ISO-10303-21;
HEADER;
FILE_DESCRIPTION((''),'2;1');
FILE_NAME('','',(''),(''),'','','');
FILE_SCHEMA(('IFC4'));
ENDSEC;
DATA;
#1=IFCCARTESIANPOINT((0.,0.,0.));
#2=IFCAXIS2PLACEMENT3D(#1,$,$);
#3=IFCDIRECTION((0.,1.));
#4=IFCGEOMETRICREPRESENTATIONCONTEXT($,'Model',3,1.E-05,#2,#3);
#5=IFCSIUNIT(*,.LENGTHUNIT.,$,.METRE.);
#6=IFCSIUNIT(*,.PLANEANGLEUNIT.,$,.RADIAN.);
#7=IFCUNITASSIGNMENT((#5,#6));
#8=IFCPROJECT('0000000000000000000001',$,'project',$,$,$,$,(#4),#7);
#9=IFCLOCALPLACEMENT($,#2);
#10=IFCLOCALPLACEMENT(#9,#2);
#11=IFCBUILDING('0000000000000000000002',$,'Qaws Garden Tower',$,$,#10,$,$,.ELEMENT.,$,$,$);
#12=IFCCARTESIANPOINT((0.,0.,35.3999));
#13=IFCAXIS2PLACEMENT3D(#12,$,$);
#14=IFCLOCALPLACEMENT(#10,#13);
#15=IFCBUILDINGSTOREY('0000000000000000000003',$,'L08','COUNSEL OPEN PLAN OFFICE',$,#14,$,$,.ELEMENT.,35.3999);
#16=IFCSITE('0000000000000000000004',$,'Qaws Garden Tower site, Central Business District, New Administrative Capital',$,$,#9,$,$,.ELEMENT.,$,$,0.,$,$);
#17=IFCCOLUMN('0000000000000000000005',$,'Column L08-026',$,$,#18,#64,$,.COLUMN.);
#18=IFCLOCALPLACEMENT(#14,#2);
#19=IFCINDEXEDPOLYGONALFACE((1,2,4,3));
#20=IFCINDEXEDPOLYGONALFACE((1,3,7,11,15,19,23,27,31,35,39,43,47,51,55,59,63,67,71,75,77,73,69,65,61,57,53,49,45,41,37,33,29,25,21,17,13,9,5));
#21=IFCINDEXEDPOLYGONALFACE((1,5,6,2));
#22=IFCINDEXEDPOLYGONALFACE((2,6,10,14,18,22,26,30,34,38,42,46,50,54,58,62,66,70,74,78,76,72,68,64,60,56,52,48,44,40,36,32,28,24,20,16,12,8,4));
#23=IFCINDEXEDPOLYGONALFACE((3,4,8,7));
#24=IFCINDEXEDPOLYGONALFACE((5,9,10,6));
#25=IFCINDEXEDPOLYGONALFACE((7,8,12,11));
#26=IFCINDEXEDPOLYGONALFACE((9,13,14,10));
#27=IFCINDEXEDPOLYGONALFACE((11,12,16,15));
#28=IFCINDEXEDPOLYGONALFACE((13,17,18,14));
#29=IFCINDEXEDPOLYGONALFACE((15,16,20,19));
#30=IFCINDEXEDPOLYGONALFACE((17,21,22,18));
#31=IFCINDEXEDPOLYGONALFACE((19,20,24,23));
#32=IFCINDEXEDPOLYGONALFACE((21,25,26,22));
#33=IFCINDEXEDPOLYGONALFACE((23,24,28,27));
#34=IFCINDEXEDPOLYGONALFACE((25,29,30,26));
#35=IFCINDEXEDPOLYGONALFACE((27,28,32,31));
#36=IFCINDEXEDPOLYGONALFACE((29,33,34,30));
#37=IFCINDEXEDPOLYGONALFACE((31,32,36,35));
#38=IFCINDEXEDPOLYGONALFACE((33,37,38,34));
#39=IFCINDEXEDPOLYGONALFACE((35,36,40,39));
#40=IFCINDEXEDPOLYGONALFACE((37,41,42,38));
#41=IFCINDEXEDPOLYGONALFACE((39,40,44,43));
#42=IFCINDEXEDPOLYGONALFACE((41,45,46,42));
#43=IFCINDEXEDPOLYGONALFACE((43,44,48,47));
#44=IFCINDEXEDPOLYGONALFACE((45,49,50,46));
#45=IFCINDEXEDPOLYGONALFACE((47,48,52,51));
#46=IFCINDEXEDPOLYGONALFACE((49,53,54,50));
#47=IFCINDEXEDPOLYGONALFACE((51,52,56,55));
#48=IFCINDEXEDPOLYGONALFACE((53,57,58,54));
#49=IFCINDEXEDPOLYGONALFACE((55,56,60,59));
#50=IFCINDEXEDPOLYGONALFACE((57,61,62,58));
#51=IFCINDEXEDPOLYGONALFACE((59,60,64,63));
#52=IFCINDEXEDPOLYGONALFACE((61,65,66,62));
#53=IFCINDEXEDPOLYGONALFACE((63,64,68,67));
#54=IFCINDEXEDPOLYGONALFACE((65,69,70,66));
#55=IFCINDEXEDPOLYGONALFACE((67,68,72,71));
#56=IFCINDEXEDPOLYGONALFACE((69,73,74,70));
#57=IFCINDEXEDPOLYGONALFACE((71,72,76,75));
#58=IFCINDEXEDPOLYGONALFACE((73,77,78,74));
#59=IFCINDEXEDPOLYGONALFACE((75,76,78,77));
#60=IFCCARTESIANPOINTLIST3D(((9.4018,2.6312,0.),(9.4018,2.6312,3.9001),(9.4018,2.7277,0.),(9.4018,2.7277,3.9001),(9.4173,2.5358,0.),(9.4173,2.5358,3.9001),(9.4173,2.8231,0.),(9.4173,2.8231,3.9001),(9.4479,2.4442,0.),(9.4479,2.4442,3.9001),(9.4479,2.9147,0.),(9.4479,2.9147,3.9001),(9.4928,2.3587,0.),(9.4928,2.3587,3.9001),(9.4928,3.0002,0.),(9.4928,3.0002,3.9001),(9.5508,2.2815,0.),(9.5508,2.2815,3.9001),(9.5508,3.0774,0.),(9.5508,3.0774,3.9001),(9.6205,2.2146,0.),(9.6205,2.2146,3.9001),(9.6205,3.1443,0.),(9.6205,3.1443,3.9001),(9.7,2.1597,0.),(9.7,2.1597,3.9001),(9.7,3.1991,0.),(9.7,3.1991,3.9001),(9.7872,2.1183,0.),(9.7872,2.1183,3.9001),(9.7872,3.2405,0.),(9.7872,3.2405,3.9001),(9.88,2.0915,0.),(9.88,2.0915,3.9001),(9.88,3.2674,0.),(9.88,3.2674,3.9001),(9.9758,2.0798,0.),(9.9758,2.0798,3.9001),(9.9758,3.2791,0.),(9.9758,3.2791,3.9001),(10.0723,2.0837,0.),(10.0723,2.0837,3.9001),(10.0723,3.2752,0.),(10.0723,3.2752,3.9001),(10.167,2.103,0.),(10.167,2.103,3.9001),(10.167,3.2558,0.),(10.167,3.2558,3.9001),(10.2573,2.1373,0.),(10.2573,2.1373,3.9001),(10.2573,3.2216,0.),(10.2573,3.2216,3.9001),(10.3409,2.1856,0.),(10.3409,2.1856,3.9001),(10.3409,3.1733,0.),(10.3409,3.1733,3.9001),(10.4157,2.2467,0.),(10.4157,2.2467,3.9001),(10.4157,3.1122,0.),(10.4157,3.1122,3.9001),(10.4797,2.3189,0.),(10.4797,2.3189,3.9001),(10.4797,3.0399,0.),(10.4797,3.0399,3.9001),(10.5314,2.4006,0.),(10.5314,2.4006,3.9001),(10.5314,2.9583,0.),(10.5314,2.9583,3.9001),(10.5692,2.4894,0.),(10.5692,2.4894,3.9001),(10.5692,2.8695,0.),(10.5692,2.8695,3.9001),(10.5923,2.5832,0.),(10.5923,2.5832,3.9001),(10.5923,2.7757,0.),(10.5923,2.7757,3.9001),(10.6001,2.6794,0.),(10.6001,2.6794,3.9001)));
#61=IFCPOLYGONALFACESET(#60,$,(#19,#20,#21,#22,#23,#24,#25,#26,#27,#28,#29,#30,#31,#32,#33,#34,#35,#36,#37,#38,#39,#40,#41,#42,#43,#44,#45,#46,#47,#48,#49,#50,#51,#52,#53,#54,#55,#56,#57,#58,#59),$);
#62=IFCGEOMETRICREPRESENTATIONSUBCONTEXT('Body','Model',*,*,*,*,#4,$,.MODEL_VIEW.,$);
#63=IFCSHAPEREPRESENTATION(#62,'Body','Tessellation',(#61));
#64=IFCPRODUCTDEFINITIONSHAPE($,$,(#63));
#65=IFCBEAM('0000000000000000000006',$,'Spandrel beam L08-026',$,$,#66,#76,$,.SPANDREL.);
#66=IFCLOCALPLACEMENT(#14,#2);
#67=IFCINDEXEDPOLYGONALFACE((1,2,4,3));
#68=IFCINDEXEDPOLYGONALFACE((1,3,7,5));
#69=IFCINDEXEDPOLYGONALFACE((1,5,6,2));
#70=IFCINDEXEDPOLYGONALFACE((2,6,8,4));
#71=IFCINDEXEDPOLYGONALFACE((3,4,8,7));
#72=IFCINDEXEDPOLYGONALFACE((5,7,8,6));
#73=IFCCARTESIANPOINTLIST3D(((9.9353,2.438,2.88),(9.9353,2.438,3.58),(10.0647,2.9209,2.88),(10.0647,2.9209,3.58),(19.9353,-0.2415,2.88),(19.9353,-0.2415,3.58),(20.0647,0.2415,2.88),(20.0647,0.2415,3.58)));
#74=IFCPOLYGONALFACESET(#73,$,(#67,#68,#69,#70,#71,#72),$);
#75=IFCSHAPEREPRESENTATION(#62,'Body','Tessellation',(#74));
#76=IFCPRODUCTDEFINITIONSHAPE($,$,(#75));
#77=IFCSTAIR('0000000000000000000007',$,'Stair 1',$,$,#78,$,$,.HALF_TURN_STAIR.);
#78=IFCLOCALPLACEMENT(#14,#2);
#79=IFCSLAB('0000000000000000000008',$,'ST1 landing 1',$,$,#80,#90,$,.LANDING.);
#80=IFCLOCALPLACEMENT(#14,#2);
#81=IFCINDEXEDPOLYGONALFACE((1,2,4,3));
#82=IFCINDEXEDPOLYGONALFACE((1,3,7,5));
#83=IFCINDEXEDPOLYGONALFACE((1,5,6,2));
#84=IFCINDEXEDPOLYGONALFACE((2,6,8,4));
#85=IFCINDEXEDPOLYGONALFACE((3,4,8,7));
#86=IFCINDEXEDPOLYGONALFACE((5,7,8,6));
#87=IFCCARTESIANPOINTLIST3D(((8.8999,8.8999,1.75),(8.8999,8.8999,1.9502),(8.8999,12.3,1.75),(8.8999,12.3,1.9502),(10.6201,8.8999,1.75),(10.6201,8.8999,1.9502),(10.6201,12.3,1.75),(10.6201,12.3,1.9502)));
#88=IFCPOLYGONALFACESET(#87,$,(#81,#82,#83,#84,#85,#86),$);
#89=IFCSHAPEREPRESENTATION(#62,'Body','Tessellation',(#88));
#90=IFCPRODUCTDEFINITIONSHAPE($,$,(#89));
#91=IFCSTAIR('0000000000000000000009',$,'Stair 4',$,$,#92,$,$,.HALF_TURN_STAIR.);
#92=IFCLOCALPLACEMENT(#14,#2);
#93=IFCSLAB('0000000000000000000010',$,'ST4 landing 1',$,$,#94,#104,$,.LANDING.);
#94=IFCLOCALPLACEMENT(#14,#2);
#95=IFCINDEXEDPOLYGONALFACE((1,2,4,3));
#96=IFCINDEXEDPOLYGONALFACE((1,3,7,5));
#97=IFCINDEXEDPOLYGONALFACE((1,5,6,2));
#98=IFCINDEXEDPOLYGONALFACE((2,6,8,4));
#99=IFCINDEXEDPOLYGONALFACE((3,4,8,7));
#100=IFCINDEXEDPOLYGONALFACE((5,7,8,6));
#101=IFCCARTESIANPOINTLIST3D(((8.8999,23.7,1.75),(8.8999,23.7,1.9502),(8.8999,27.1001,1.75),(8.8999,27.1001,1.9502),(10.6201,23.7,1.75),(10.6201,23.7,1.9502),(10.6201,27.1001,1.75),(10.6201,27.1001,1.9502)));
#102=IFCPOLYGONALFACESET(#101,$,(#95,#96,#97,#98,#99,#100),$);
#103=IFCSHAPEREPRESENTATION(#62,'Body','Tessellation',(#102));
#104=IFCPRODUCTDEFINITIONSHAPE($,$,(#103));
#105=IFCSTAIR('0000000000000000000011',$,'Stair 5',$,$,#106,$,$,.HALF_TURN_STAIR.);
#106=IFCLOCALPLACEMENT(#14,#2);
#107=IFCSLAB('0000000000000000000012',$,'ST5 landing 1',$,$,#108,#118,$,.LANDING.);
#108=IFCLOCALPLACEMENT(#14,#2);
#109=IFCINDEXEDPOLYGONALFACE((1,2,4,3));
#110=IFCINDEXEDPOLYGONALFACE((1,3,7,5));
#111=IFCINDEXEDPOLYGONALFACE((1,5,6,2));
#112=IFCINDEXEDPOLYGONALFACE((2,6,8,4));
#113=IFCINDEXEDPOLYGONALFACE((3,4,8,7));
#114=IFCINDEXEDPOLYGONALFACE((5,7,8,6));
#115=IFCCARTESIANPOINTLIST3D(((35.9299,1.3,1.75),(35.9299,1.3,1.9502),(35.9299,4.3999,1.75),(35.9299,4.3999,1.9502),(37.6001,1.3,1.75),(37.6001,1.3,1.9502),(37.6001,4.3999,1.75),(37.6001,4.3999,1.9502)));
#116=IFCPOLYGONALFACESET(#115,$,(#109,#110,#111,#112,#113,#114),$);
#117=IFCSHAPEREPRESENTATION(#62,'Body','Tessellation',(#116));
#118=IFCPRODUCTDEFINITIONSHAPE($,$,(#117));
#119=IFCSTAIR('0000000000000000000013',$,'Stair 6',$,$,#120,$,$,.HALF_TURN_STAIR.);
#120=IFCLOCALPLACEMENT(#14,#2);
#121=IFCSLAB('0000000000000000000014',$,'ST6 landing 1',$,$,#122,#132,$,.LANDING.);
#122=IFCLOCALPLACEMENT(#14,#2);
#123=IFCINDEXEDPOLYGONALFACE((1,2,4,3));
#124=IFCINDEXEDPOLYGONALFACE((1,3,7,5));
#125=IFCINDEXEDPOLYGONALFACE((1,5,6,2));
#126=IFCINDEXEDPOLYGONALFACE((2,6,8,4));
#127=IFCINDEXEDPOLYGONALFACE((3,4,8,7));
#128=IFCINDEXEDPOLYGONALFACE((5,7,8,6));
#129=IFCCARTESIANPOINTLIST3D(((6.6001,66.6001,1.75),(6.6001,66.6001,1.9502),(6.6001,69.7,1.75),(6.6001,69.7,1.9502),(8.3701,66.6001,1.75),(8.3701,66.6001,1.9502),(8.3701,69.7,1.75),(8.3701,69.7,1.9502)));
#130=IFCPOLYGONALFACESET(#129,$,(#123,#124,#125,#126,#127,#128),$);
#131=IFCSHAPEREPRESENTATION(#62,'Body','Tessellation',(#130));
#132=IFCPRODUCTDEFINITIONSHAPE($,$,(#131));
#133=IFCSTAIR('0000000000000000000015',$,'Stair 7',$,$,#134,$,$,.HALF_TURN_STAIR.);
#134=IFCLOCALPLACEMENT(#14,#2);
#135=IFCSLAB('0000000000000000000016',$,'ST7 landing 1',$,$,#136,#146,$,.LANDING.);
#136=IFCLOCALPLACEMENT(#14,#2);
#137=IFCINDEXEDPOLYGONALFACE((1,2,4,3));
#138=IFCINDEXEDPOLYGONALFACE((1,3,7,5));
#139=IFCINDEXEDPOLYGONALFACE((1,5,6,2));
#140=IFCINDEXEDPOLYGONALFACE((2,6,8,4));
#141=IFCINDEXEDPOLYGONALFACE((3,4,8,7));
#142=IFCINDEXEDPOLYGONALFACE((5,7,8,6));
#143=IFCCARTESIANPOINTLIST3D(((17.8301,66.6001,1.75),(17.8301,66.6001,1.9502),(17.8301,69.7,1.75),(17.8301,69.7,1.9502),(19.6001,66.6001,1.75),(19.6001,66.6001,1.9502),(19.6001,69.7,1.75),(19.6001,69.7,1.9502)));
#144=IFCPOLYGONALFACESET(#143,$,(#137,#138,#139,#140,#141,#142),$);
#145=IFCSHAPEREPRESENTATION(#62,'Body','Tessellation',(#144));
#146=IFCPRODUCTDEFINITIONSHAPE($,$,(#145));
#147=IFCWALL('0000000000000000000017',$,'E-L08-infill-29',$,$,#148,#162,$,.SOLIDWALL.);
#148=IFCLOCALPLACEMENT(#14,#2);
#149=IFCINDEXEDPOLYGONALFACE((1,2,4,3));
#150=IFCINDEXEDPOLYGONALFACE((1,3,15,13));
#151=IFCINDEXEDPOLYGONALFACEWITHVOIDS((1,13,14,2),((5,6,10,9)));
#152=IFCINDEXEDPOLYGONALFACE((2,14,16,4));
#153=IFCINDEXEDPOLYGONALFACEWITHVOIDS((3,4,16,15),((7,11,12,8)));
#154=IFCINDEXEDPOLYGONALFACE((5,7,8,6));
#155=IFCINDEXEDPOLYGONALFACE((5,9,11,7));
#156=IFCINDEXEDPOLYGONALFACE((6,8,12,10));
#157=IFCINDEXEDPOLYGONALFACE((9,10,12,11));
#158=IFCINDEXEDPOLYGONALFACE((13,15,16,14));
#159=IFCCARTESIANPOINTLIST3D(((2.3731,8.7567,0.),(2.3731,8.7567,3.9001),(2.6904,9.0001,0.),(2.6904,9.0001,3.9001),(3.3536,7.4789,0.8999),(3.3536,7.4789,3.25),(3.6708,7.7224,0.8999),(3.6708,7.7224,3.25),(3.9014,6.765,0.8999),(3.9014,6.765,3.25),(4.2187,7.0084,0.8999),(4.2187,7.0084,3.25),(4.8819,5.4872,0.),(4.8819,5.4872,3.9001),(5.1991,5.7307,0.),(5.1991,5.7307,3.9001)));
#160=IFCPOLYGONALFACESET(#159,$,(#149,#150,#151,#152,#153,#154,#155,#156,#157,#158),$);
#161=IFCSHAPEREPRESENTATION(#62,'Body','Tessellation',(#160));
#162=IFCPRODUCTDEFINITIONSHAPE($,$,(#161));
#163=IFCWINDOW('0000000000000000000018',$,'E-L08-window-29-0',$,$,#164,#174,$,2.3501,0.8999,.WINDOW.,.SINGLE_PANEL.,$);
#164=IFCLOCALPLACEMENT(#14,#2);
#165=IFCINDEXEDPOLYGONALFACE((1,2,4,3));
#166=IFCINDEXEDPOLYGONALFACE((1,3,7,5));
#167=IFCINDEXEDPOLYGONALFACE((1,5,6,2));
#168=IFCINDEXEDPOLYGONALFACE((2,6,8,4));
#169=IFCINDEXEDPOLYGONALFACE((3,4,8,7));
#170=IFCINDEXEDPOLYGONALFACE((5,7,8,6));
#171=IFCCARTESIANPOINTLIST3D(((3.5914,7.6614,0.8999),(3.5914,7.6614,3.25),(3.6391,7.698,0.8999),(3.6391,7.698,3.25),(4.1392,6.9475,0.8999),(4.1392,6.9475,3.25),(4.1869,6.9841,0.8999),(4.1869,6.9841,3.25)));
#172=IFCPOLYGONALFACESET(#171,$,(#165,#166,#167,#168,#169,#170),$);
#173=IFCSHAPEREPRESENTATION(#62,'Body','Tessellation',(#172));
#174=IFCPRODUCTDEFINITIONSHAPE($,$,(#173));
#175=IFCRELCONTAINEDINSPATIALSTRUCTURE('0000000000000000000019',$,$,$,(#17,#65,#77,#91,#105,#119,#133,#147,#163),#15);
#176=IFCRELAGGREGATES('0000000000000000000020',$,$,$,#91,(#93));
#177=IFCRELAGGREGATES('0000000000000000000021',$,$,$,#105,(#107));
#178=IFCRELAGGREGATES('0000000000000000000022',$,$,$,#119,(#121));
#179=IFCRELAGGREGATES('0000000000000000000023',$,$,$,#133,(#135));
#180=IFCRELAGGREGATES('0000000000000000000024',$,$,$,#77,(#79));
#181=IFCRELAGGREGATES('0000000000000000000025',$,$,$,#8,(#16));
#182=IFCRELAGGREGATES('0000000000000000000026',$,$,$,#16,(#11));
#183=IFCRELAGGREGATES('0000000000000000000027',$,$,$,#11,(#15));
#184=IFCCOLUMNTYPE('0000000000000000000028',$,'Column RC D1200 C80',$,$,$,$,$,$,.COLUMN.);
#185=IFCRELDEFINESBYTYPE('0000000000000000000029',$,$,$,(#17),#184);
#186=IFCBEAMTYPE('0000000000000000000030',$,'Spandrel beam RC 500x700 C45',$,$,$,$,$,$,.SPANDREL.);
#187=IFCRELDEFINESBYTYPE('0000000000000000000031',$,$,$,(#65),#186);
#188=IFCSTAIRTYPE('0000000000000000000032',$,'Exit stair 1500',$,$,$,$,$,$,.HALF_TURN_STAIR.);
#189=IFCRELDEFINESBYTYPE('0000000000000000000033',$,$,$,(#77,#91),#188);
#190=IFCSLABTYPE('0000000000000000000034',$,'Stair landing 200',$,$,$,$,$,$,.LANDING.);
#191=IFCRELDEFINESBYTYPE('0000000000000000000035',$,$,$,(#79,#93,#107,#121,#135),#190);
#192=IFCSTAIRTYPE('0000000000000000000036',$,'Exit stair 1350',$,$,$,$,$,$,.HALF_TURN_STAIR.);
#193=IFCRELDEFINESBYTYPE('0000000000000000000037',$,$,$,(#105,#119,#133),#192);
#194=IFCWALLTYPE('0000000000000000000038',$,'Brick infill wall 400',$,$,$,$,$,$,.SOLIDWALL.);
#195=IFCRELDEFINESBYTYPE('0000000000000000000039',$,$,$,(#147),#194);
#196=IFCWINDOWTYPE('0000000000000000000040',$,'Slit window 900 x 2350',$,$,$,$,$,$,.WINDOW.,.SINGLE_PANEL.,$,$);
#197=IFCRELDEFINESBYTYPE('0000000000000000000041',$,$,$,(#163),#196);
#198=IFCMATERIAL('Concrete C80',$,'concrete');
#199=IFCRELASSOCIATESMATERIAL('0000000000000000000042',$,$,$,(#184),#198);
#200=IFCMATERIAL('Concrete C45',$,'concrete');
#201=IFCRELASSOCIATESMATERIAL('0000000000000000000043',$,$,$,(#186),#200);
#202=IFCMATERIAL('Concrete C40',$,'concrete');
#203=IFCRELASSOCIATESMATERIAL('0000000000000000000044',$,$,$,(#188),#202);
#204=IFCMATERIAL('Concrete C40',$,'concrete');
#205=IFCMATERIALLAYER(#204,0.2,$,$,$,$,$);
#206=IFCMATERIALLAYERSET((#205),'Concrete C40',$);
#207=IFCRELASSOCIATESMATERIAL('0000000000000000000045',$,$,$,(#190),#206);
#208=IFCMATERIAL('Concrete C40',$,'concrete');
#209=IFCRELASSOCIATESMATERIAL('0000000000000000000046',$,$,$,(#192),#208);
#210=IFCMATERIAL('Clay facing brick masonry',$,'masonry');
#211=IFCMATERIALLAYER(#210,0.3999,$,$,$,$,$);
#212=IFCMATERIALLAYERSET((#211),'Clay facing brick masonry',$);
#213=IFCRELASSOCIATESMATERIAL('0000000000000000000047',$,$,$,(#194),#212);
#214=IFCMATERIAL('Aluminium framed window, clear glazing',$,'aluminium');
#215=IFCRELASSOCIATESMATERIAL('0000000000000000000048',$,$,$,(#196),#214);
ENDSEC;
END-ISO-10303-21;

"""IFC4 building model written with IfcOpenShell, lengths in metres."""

from ifc_helpers import new_model, si_unit, direction, frame, frame_2d, origin, origin_2d, place, context, subcontext, project, spatial, polyline, rectangle, circle, outline, extrude, material, layer, layer_set, material_profile, profile_set, type_object, element, fill, aggregate, save


model = new_model("IFC4")

# Units and contexts
model_context = context("Model", 3, precision=1e-05, world=origin(), true_north=direction((0.0, 1.0)))
body_context = subcontext(model_context, "Body", "Model", "MODEL_VIEW")
ifc_project = project(units=[si_unit("LENGTHUNIT", "METRE"), si_unit("PLANEANGLEUNIT", "RADIAN")], contexts=[model_context])

# Site, building, storey
site_placement = place(None, origin())
site = spatial("IfcSite", under=ifc_project, at=site_placement, Name="Qaws Garden Tower site, Central Business District, New Administrative Capital", CompositionType="ELEMENT", RefElevation=0.0)
building_placement = place(site_placement, origin())
building = spatial("IfcBuilding", under=site, at=building_placement, Name="Qaws Garden Tower", CompositionType="ELEMENT")
storey_placement = place(building_placement, frame((0.0, 0.0, 35.3999)))
storey = spatial("IfcBuildingStorey", under=building, at=storey_placement, Name="L08", Description="COUNSEL OPEN PLAN OFFICE", CompositionType="ELEMENT", Elevation=35.3999)

# Column
ifc_material_1 = material(Name="Concrete C80", Category="concrete")
ifc_material_profile_1 = material_profile(ifc_material_1, circle(Radius=0.6001, at=origin_2d()), Name="RC D1200")
ifc_profile_set_1 = profile_set([ifc_material_profile_1], Name="Concrete C80")
column_type = type_object("IfcColumnType", Name="Column RC D1200 C80", PredefinedType="COLUMN", material=ifc_profile_set_1)
column_placement = place(storey_placement, frame((10.0, 2.6794, 0.0), z_axis=(0.0, 0.0, 1.0), x_axis=(1.0, 0.0, 0.0)))
element("IfcColumn", 1, at=column_placement, inside=storey, type_object=column_type, Name="Column L08-026", PredefinedType="COLUMN", context=body_context, shape_type="SweptSolid", body=[
    extrude(circle(Radius=0.6001, at=origin_2d()), origin(), (0.0, 0.0, 1.0), 3.9001),
])

# Beam
ifc_material_2 = material(Name="Concrete C45", Category="concrete")
ifc_material_profile_2 = material_profile(ifc_material_2, rectangle(XDim=0.5, YDim=0.7, at=origin_2d()), Name="RC 500x700")
ifc_profile_set_2 = profile_set([ifc_material_profile_2], Name="Concrete C45")
beam_type = type_object("IfcBeamType", Name="Spandrel beam RC 500x700 C45", PredefinedType="SPANDREL", material=ifc_profile_set_2)
beam_placement = place(storey_placement, frame((10.0, 2.6794, 3.23), z_axis=(0.965927, -0.258815, 0.0), x_axis=(0.258815, 0.965927, 0.0)))
element("IfcBeam", 2, at=beam_placement, inside=storey, type_object=beam_type, Name="Spandrel beam L08-026", PredefinedType="SPANDREL", context=body_context, shape_type="SweptSolid", body=[
    extrude(rectangle(XDim=0.5, YDim=0.7, at=origin_2d()), origin(), (0.0, 0.0, 1.0), 10.3528),
])

# Stairs, slabs
ifc_material_3 = material(Name="Concrete C40", Category="concrete")
stair_type_1 = type_object("IfcStairType", Name="Exit stair 1500", PredefinedType="HALF_TURN_STAIR", material=ifc_material_3)
placement_1 = place(storey_placement, origin())
stair_1 = element("IfcStair", 3, at=placement_1, inside=storey, type_object=stair_type_1, Name="Stair 1", PredefinedType="HALF_TURN_STAIR")
ifc_material_4 = material(Name="Concrete C40", Category="concrete")
ifc_layer_1 = layer(ifc_material_4, 0.2)
ifc_layer_set_1 = layer_set([ifc_layer_1], Name="Concrete C40")
slab_type = type_object("IfcSlabType", Name="Stair landing 200", PredefinedType="LANDING", material=ifc_layer_set_1)
placement_2 = place(storey_placement, frame((0.0, 0.0, 1.75)))
slab_1 = element("IfcSlab", 4, at=placement_2, type_object=slab_type, Name="ST1 landing 1", PredefinedType="LANDING", context=body_context, shape_type="SweptSolid", body=[
    extrude(outline(polyline([(8.8999, 8.8999), (10.6201, 8.8999), (10.6201, 12.3), (8.8999, 12.3), (8.8999, 8.8999)])), origin(), (0.0, 0.0, 1.0), 0.2002),
])
stair_2 = element("IfcStair", 5, at=placement_1, inside=storey, type_object=stair_type_1, Name="Stair 4", PredefinedType="HALF_TURN_STAIR")
slab_2 = element("IfcSlab", 6, at=placement_2, type_object=slab_type, Name="ST4 landing 1", PredefinedType="LANDING", context=body_context, shape_type="SweptSolid", body=[
    extrude(outline(polyline([(8.8999, 23.7), (10.6201, 23.7), (10.6201, 27.1001), (8.8999, 27.1001), (8.8999, 23.7)])), origin(), (0.0, 0.0, 1.0), 0.2002),
])
aggregate(stair_2, [slab_2])
ifc_material_5 = material(Name="Concrete C40", Category="concrete")
stair_type_2 = type_object("IfcStairType", Name="Exit stair 1350", PredefinedType="HALF_TURN_STAIR", material=ifc_material_5)
stair_3 = element("IfcStair", 7, at=placement_1, inside=storey, type_object=stair_type_2, Name="Stair 5", PredefinedType="HALF_TURN_STAIR")
slab_3 = element("IfcSlab", 8, at=placement_2, type_object=slab_type, Name="ST5 landing 1", PredefinedType="LANDING", context=body_context, shape_type="SweptSolid", body=[
    extrude(outline(polyline([(35.9299, 1.3), (37.6001, 1.3), (37.6001, 4.3999), (35.9299, 4.3999), (35.9299, 1.3)])), origin(), (0.0, 0.0, 1.0), 0.2002),
])
aggregate(stair_3, [slab_3])
stair_4 = element("IfcStair", 9, at=placement_1, inside=storey, type_object=stair_type_2, Name="Stair 6", PredefinedType="HALF_TURN_STAIR")
slab_4 = element("IfcSlab", 10, at=placement_2, type_object=slab_type, Name="ST6 landing 1", PredefinedType="LANDING", context=body_context, shape_type="SweptSolid", body=[
    extrude(outline(polyline([(6.6001, 66.6001), (8.3701, 66.6001), (8.3701, 69.7), (6.6001, 69.7), (6.6001, 66.6001)])), origin(), (0.0, 0.0, 1.0), 0.2002),
])
aggregate(stair_4, [slab_4])
stair_5 = element("IfcStair", 11, at=placement_1, inside=storey, type_object=stair_type_2, Name="Stair 7", PredefinedType="HALF_TURN_STAIR")
slab_5 = element("IfcSlab", 12, at=placement_2, type_object=slab_type, Name="ST7 landing 1", PredefinedType="LANDING", context=body_context, shape_type="SweptSolid", body=[
    extrude(outline(polyline([(17.8301, 66.6001), (19.6001, 66.6001), (19.6001, 69.7), (17.8301, 69.7), (17.8301, 66.6001)])), origin(), (0.0, 0.0, 1.0), 0.2002),
])
aggregate(stair_5, [slab_5])

# Wall, opening, window
ifc_material_6 = material(Name="Clay facing brick masonry", Category="masonry")
ifc_layer_2 = layer(ifc_material_6, 0.3999)
ifc_layer_set_2 = layer_set([ifc_layer_2], Name="Clay facing brick masonry")
wall_type_1 = type_object("IfcWallType", Name="Brick infill wall 400", PredefinedType="SOLIDWALL", material=ifc_layer_set_2)
wall_1_placement = place(storey_placement, frame((2.5317, 8.8784, 0.0), z_axis=(0.0, 0.0, 1.0), x_axis=(0.60876, -0.793355, 0.0)))
wall_1 = element("IfcWall", 13, at=wall_1_placement, inside=storey, type_object=wall_type_1, Name="E-L08-infill-29", PredefinedType="SOLIDWALL", context=body_context, shape_type="SweptSolid", body=[
    extrude(rectangle(XDim=4.1211, YDim=0.3999, at=frame_2d((2.0605, 0.0))), origin(), (0.0, 0.0, 1.0), 3.9001),
])
opening_1_placement = place(wall_1_placement, frame((1.6106, 0.0, 0.8999)))
opening_1 = element("IfcOpeningElement", 14, at=opening_1_placement, cuts=wall_1, PredefinedType="OPENING", context=body_context, shape_type="SweptSolid", body=[
    extrude(rectangle(XDim=0.8999, YDim=2.3501, at=frame_2d((0.45, 1.175))), frame((0.0, 0.21, 0.0), z_axis=(0.0, -1.0, 0.0), x_axis=(1.0, 0.0, 0.0)), (0.0, 0.0, 1.0), 0.4199),
])
ifc_material_7 = material(Name="Aluminium framed window, clear glazing", Category="aluminium")
window_type = type_object("IfcWindowType", Name="Slit window 900 x 2350", PartitioningType="SINGLE_PANEL", PredefinedType="WINDOW", material=ifc_material_7)
window_1_placement = place(opening_1_placement, origin())
window_1 = element("IfcWindow", 15, at=window_1_placement, inside=storey, type_object=window_type, Name="E-L08-window-29-0", OverallHeight=2.3501, OverallWidth=0.8999, PartitioningType="SINGLE_PANEL", PredefinedType="WINDOW", context=body_context, shape_type="SweptSolid", body=[
    extrude(rectangle(XDim=0.8999, YDim=2.3501, at=frame_2d((0.45, 1.175))), frame((0.0, 0.1599, 0.0), z_axis=(0.0, -1.0, 0.0), x_axis=(1.0, 0.0, 0.0)), (0.0, 0.0, 1.0), 0.0601),
])
fill(opening_1, window_1)

aggregate(stair_1, [slab_1])

save(model, "model.ifc")
